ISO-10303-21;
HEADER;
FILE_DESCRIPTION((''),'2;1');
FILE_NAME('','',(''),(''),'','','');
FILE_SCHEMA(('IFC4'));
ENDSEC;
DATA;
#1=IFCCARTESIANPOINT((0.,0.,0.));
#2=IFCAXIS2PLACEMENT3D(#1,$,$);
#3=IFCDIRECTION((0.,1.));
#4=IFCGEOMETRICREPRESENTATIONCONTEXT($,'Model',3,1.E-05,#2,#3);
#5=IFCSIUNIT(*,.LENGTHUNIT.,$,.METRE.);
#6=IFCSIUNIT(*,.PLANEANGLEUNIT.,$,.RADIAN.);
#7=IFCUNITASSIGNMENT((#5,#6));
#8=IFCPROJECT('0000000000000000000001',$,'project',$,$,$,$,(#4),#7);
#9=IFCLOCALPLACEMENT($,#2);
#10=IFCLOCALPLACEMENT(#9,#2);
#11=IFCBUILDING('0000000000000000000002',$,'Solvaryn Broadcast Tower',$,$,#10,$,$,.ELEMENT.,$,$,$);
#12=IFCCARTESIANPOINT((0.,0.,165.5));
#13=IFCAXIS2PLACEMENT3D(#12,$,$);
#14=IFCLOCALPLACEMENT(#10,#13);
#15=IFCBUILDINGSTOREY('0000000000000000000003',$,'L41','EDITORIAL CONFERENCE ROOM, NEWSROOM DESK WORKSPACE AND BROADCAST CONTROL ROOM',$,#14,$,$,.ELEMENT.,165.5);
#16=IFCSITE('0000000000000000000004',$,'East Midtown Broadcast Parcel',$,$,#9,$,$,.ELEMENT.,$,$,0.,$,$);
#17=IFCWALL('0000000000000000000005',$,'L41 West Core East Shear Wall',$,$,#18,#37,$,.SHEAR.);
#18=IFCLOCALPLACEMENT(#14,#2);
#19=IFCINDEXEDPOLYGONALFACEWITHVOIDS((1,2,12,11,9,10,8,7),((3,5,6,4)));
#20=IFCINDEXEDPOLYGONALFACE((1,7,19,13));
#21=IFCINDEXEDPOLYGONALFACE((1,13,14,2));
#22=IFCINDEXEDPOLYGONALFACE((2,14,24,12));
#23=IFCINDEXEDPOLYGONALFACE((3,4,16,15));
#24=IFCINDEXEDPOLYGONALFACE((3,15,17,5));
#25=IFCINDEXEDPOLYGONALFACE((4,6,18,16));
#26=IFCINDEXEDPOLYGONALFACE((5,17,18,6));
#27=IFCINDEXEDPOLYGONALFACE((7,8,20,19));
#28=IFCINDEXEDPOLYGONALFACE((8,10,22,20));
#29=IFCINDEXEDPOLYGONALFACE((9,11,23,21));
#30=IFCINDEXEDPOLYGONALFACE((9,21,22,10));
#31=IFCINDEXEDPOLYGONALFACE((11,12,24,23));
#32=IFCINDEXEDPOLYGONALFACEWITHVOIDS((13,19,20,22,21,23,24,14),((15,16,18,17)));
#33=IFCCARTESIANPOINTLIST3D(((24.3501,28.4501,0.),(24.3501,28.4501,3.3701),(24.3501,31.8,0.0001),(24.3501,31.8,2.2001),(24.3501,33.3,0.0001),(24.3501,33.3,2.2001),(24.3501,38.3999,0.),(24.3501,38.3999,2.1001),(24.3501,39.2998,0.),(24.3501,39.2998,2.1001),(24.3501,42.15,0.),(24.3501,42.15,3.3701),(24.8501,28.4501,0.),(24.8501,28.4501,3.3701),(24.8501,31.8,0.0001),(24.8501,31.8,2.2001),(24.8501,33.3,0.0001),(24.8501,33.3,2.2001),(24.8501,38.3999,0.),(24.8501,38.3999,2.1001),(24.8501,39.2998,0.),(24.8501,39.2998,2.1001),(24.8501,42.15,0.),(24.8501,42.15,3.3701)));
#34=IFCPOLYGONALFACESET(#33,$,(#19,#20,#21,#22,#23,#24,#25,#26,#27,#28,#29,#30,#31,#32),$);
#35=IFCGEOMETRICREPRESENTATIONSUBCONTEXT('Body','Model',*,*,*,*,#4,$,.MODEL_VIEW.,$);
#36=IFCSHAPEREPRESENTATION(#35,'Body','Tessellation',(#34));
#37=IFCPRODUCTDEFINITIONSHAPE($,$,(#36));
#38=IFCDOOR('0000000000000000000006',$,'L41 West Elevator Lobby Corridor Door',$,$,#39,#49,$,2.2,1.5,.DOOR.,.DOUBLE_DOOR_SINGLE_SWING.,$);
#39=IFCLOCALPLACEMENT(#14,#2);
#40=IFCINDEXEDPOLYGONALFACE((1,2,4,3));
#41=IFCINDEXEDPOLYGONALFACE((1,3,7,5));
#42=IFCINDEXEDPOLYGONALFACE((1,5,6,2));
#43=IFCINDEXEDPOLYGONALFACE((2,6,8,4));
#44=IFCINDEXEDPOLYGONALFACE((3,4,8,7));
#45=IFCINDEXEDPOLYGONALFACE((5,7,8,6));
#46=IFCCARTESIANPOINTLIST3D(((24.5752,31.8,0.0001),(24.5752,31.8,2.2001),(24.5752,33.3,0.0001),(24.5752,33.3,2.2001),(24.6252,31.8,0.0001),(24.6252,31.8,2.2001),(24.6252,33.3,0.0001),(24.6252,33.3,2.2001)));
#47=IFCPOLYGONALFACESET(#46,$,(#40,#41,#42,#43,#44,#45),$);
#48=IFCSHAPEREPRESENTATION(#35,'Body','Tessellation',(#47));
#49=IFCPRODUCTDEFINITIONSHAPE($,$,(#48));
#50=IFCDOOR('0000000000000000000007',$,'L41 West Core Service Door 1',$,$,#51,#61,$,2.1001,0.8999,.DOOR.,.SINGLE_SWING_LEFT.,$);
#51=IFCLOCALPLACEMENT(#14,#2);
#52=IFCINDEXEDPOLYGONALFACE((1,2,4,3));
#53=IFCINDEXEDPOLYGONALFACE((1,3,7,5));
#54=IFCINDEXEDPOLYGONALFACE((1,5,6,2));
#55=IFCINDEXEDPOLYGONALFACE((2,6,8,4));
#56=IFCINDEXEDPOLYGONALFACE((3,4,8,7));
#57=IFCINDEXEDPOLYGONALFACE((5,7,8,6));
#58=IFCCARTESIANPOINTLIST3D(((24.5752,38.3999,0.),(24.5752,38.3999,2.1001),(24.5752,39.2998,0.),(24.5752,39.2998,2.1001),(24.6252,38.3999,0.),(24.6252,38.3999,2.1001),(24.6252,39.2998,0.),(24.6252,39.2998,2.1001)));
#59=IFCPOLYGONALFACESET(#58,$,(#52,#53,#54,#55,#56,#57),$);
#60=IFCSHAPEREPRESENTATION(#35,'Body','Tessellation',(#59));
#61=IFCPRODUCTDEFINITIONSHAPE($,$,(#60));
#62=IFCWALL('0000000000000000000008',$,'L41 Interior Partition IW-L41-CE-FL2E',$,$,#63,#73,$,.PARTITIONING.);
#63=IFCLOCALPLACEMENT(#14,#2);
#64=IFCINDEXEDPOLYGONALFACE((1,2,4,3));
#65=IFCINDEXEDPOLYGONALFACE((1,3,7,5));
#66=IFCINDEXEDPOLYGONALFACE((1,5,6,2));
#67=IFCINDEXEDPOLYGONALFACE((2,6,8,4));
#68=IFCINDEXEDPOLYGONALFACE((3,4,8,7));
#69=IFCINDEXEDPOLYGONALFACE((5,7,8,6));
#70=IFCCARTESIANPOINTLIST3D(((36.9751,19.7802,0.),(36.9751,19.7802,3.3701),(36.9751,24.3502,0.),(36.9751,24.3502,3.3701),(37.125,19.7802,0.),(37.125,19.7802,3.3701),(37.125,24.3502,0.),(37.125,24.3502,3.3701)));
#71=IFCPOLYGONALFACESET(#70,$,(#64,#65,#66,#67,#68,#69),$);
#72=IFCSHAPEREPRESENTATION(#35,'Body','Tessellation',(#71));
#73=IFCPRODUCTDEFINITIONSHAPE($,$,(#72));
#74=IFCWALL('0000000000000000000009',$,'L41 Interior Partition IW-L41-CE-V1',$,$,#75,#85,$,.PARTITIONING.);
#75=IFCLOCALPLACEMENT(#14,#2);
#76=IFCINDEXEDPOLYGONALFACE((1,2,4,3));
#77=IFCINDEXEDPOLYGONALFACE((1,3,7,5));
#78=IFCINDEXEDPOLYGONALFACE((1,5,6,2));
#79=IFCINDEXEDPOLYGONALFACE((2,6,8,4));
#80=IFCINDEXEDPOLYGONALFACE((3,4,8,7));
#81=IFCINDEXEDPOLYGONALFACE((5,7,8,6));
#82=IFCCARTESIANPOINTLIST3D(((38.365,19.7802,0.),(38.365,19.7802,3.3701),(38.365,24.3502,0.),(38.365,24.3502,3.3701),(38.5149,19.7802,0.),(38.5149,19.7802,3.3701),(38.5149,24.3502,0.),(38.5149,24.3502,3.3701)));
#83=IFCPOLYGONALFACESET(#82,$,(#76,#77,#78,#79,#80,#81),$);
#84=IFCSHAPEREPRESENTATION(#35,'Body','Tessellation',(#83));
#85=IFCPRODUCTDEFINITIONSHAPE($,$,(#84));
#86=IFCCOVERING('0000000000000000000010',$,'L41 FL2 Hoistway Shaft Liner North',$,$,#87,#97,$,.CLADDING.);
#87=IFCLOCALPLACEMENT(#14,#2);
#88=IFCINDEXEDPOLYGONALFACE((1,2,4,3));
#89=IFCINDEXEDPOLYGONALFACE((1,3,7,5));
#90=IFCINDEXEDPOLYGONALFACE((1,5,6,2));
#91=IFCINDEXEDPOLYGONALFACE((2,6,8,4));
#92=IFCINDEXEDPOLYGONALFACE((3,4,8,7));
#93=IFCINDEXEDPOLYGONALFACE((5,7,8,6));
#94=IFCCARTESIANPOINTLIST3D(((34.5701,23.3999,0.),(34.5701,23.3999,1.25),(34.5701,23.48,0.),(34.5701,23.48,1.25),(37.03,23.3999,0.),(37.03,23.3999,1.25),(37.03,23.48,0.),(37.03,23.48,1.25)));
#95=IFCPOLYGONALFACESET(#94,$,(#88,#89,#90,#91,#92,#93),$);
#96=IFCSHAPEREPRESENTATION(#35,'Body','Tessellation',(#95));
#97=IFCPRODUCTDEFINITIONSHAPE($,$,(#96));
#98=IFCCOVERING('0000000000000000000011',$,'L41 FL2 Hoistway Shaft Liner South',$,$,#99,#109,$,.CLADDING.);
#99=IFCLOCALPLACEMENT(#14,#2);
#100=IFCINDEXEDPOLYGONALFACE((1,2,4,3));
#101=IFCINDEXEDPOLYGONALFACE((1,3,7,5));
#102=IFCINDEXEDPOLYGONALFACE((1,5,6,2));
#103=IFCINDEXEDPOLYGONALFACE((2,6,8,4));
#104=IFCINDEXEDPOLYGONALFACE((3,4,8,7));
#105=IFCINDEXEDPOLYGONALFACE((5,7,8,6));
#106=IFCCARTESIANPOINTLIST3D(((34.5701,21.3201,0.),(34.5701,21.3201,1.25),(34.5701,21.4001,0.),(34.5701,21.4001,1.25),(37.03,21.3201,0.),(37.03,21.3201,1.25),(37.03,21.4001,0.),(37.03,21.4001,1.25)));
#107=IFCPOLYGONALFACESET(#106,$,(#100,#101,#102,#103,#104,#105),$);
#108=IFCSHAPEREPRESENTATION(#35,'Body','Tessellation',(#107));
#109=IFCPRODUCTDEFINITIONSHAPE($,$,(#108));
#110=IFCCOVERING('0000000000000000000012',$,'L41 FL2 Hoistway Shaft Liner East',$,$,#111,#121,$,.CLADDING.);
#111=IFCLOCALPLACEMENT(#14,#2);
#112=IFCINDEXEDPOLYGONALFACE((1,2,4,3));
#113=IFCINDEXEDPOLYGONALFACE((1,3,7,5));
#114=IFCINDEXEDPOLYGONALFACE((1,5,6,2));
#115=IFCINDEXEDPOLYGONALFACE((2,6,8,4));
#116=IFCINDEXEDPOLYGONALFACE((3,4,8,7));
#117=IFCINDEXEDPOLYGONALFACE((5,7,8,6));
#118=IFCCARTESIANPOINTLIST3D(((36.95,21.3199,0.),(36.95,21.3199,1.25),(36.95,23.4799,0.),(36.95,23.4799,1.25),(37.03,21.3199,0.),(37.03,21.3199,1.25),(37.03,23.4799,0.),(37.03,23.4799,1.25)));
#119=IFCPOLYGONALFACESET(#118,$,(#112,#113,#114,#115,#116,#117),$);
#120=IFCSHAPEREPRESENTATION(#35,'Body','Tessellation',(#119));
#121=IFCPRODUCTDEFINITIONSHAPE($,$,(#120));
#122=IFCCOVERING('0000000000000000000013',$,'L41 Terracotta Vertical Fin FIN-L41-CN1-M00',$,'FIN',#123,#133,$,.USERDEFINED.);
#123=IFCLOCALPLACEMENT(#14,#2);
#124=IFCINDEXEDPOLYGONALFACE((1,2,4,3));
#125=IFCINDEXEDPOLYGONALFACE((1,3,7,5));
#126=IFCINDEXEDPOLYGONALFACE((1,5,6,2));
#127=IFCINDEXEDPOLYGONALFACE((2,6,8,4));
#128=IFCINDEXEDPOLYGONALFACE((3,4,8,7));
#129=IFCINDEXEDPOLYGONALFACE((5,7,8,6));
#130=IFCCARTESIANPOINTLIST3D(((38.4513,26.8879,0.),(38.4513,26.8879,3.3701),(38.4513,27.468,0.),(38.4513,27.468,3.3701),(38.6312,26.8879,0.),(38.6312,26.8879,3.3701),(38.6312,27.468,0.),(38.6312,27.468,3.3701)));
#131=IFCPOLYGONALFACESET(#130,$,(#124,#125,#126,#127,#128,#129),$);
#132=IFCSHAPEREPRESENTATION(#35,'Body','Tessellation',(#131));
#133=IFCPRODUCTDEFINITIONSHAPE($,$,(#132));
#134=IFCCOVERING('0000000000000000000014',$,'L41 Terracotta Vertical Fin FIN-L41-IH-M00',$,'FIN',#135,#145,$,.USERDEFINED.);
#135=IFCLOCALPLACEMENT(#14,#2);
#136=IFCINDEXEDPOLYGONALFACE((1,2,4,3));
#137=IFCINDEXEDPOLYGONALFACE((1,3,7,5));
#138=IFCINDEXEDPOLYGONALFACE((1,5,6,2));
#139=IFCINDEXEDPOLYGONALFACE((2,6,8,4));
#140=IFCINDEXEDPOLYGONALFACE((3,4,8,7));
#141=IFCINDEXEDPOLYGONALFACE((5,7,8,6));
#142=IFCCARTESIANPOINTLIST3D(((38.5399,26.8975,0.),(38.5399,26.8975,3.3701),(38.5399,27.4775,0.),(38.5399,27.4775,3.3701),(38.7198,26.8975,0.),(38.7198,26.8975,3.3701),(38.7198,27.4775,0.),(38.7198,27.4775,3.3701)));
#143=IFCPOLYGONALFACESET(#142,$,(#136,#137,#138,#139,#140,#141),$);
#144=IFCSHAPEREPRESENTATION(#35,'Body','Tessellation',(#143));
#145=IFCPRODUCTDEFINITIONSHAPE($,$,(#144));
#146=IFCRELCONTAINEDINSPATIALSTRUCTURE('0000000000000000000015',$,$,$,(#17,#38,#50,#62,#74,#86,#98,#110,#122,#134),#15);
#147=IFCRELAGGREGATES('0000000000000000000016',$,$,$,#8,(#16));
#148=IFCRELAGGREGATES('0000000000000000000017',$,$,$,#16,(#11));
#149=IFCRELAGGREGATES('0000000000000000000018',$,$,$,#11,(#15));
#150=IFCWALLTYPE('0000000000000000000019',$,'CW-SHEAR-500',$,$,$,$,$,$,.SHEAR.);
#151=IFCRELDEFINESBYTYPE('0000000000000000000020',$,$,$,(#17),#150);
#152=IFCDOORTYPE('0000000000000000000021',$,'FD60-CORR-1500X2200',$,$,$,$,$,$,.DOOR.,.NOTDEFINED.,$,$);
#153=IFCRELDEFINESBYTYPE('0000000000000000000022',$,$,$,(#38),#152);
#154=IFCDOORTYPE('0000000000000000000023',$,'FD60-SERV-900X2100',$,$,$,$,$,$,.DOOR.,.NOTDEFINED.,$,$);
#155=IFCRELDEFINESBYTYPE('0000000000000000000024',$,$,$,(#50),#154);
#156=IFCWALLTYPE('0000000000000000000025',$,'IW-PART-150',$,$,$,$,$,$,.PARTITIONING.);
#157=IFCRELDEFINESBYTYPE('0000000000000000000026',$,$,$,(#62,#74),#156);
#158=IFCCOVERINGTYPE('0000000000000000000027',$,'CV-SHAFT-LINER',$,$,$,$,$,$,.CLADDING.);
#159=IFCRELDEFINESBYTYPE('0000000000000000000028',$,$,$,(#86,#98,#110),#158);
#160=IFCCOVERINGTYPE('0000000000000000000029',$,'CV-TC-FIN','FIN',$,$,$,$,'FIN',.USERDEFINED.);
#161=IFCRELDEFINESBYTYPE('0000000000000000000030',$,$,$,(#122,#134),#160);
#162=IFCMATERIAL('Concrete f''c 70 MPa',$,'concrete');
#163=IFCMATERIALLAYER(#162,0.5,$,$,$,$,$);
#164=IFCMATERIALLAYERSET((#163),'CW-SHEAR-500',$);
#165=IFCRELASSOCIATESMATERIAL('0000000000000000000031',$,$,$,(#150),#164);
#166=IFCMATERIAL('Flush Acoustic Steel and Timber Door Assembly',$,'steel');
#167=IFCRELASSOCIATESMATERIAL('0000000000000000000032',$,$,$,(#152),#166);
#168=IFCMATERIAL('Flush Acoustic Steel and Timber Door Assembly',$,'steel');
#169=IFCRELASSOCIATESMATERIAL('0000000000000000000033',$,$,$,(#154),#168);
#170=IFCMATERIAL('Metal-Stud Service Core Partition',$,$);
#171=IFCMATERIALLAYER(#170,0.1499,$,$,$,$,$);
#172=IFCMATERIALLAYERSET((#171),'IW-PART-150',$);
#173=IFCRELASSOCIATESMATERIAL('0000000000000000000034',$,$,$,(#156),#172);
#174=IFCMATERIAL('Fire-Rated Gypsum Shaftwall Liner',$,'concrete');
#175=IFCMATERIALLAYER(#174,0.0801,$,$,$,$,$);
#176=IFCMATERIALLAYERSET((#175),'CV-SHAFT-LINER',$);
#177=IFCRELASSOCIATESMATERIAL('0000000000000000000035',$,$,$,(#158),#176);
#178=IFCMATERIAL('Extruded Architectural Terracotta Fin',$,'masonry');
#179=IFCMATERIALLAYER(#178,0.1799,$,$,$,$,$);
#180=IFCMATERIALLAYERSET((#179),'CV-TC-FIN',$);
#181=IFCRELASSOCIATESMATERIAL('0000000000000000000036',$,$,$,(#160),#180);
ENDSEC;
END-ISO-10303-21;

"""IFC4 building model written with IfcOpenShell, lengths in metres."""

from ifc_helpers import new_model, si_unit, direction, frame, frame_2d, origin, origin_2d, place, context, subcontext, project, spatial, rectangle, extrude, material, layer, layer_set, type_object, element, fill, save


model = new_model("IFC4")

# Units and contexts
model_context = context("Model", 3, precision=1e-05, world=origin(), true_north=direction((0.0, 1.0)))
body_context = subcontext(model_context, "Body", "Model", "MODEL_VIEW")
ifc_project = project(units=[si_unit("LENGTHUNIT", "METRE"), si_unit("PLANEANGLEUNIT", "RADIAN")], contexts=[model_context])

# Site, building, storey
site_placement = place(None, origin())
site = spatial("IfcSite", under=ifc_project, at=site_placement, Name="East Midtown Broadcast Parcel", CompositionType="ELEMENT", RefElevation=0.0)
building_placement = place(site_placement, origin())
building = spatial("IfcBuilding", under=site, at=building_placement, Name="Solvaryn Broadcast Tower", CompositionType="ELEMENT")
storey_placement = place(building_placement, frame((0.0, 0.0, 165.5)))
storey = spatial("IfcBuildingStorey", under=building, at=storey_placement, Name="L41", Description="EDITORIAL CONFERENCE ROOM, NEWSROOM DESK WORKSPACE AND BROADCAST CONTROL ROOM", CompositionType="ELEMENT", Elevation=165.5)

# Wall, openings, doors
ifc_material_1 = material(Name="Concrete f'c 70 MPa", Category="concrete")
ifc_layer_1 = layer(ifc_material_1, 0.5)
ifc_layer_set_1 = layer_set([ifc_layer_1], Name="CW-SHEAR-500")
wall_type_1 = type_object("IfcWallType", Name="CW-SHEAR-500", PredefinedType="SHEAR", material=ifc_layer_set_1)
wall_1_placement = place(storey_placement, frame((24.6001, 28.45, 0.0), z_axis=(0.0, 0.0, 1.0), x_axis=(0.0, 1.0, 0.0)))
wall_1 = element("IfcWall", 1, at=wall_1_placement, inside=storey, type_object=wall_type_1, Name="L41 West Core East Shear Wall", PredefinedType="SHEAR", context=body_context, shape_type="SweptSolid", body=[
    extrude(rectangle(XDim=13.7, YDim=0.5, at=frame_2d((6.8501, 0.0))), origin(), (0.0, 0.0, 1.0), 3.3701),
])
opening_1_placement = place(wall_1_placement, frame((3.3501, 0.0, 0.0)))
opening_1 = element("IfcOpeningElement", 2, at=opening_1_placement, cuts=wall_1, PredefinedType="OPENING", context=body_context, shape_type="SweptSolid", body=[
    extrude(rectangle(XDim=1.5, YDim=2.2, at=frame_2d((0.75, 1.1001))), frame((0.0, 0.26, 0.0), z_axis=(0.0, -1.0, 0.0), x_axis=(1.0, 0.0, 0.0)), (0.0, 0.0, 1.0), 0.52),
])
opening_2_placement = place(wall_1_placement, frame((9.95, 0.0, 0.0)))
opening_2 = element("IfcOpeningElement", 3, at=opening_2_placement, cuts=wall_1, PredefinedType="OPENING", context=body_context, shape_type="SweptSolid", body=[
    extrude(rectangle(XDim=0.8999, YDim=2.1001, at=frame_2d((0.45, 1.05))), frame((0.0, 0.26, 0.0), z_axis=(0.0, -1.0, 0.0), x_axis=(1.0, 0.0, 0.0)), (0.0, 0.0, 1.0), 0.52),
])
ifc_material_2 = material(Name="Flush Acoustic Steel and Timber Door Assembly", Category="steel")
door_type_1 = type_object("IfcDoorType", Name="FD60-CORR-1500X2200", OperationType="NOTDEFINED", PredefinedType="DOOR", material=ifc_material_2)
door_1_placement = place(opening_1_placement, origin())
door_1 = element("IfcDoor", 4, at=door_1_placement, inside=storey, type_object=door_type_1, Name="L41 West Elevator Lobby Corridor Door", OperationType="DOUBLE_DOOR_SINGLE_SWING", OverallHeight=2.2, OverallWidth=1.5, PredefinedType="DOOR", context=body_context, shape_type="SweptSolid", body=[
    extrude(rectangle(XDim=1.5, YDim=2.2, at=frame_2d((0.75, 1.1001))), frame((0.0, 0.0249, 0.0), z_axis=(0.0, -1.0, 0.0), x_axis=(1.0, 0.0, 0.0)), (0.0, 0.0, 1.0), 0.05),
])
fill(opening_1, door_1)
ifc_material_3 = material(Name="Flush Acoustic Steel and Timber Door Assembly", Category="steel")
door_type_2 = type_object("IfcDoorType", Name="FD60-SERV-900X2100", OperationType="NOTDEFINED", PredefinedType="DOOR", material=ifc_material_3)
door_2_placement = place(opening_2_placement, origin())
door_2 = element("IfcDoor", 5, at=door_2_placement, inside=storey, type_object=door_type_2, Name="L41 West Core Service Door 1", OperationType="SINGLE_SWING_LEFT", OverallHeight=2.1001, OverallWidth=0.8999, PredefinedType="DOOR", context=body_context, shape_type="SweptSolid", body=[
    extrude(rectangle(XDim=0.8999, YDim=2.1001, at=frame_2d((0.45, 1.05))), frame((0.0, 0.0249, 0.0), z_axis=(0.0, -1.0, 0.0), x_axis=(1.0, 0.0, 0.0)), (0.0, 0.0, 1.0), 0.05),
])
fill(opening_2, door_2)

# Walls
ifc_material_4 = material(Name="Metal-Stud Service Core Partition")
ifc_layer_2 = layer(ifc_material_4, 0.1499)
ifc_layer_set_2 = layer_set([ifc_layer_2], Name="IW-PART-150")
wall_type_2 = type_object("IfcWallType", Name="IW-PART-150", PredefinedType="PARTITIONING", material=ifc_layer_set_2)
for number, where, z_axis, x_axis, name in (
    (6, (37.05, 19.78, 0.0), (0.0, 0.0, 1.0), (0.0, 1.0, 0.0), "L41 Interior Partition IW-L41-CE-FL2E"),
    (7, (38.4399, 19.78, 0.0), (0.0, 0.0, 1.0), (0.0, 1.0, 0.0), "L41 Interior Partition IW-L41-CE-V1"),
):
    element("IfcWall", number, at=place(storey_placement, frame(where, z_axis=z_axis, x_axis=x_axis)), inside=storey, type_object=wall_type_2, Name=name, PredefinedType="PARTITIONING", context=body_context, shape_type="SweptSolid", body=[
        extrude(rectangle(XDim=4.5701, YDim=0.1499, at=frame_2d((2.2852, 0.0))), origin(), (0.0, 0.0, 1.0), 3.3701),
    ])

# Coverings
ifc_material_5 = material(Name="Fire-Rated Gypsum Shaftwall Liner", Category="concrete")
ifc_layer_3 = layer(ifc_material_5, 0.0801)
ifc_layer_set_3 = layer_set([ifc_layer_3], Name="CV-SHAFT-LINER")
covering_type_1 = type_object("IfcCoveringType", Name="CV-SHAFT-LINER", PredefinedType="CLADDING", material=ifc_layer_set_3)
for number, where, z_axis, x_axis, name in (
    (8, (35.8, 23.4399, 0.0), (0.0, 0.0, 1.0), (1.0, 0.0, 0.0), "L41 FL2 Hoistway Shaft Liner North"),
    (9, (35.8, 21.3601, 0.0), (0.0, 0.0, 1.0), (1.0, 0.0, 0.0), "L41 FL2 Hoistway Shaft Liner South"),
):
    element("IfcCovering", number, at=place(storey_placement, frame(where, z_axis=z_axis, x_axis=x_axis)), inside=storey, type_object=covering_type_1, Name=name, PredefinedType="CLADDING", context=body_context, shape_type="SweptSolid", body=[
        extrude(rectangle(XDim=2.46, YDim=0.0801, at=origin_2d()), origin(), (0.0, 0.0, 1.0), 1.25),
    ])
covering_placement = place(storey_placement, frame((36.99, 22.3999, 0.0), z_axis=(0.0, 0.0, 1.0), x_axis=(1.0, 0.0, 0.0)))
element("IfcCovering", 10, at=covering_placement, inside=storey, type_object=covering_type_1, Name="L41 FL2 Hoistway Shaft Liner East", PredefinedType="CLADDING", context=body_context, shape_type="SweptSolid", body=[
    extrude(rectangle(XDim=0.0801, YDim=2.1599, at=origin_2d()), origin(), (0.0, 0.0, 1.0), 1.25),
])
ifc_material_6 = material(Name="Extruded Architectural Terracotta Fin", Category="masonry")
ifc_layer_4 = layer(ifc_material_6, 0.1799)
ifc_layer_set_4 = layer_set([ifc_layer_4], Name="CV-TC-FIN")
covering_type_2 = type_object("IfcCoveringType", Name="CV-TC-FIN", Description="FIN", ElementType="FIN", PredefinedType="USERDEFINED", material=ifc_layer_set_4)
for number, where, z_axis, x_axis, name in (
    (11, (38.5413, 27.178, 0.0), (0.0, 0.0, 1.0), (1.0, 0.0, 0.0), "L41 Terracotta Vertical Fin FIN-L41-CN1-M00"),
    (12, (38.6299, 27.1875, 0.0), (0.0, 0.0, 1.0), (1.0, 0.0, 0.0), "L41 Terracotta Vertical Fin FIN-L41-IH-M00"),
):
    element("IfcCovering", number, at=place(storey_placement, frame(where, z_axis=z_axis, x_axis=x_axis)), inside=storey, type_object=covering_type_2, Name=name, ObjectType="FIN", PredefinedType="USERDEFINED", context=body_context, shape_type="SweptSolid", body=[
        extrude(rectangle(XDim=0.1799, YDim=0.5801, at=origin_2d()), origin(), (0.0, 0.0, 1.0), 3.3701),
    ])

save(model, "model.ifc")
